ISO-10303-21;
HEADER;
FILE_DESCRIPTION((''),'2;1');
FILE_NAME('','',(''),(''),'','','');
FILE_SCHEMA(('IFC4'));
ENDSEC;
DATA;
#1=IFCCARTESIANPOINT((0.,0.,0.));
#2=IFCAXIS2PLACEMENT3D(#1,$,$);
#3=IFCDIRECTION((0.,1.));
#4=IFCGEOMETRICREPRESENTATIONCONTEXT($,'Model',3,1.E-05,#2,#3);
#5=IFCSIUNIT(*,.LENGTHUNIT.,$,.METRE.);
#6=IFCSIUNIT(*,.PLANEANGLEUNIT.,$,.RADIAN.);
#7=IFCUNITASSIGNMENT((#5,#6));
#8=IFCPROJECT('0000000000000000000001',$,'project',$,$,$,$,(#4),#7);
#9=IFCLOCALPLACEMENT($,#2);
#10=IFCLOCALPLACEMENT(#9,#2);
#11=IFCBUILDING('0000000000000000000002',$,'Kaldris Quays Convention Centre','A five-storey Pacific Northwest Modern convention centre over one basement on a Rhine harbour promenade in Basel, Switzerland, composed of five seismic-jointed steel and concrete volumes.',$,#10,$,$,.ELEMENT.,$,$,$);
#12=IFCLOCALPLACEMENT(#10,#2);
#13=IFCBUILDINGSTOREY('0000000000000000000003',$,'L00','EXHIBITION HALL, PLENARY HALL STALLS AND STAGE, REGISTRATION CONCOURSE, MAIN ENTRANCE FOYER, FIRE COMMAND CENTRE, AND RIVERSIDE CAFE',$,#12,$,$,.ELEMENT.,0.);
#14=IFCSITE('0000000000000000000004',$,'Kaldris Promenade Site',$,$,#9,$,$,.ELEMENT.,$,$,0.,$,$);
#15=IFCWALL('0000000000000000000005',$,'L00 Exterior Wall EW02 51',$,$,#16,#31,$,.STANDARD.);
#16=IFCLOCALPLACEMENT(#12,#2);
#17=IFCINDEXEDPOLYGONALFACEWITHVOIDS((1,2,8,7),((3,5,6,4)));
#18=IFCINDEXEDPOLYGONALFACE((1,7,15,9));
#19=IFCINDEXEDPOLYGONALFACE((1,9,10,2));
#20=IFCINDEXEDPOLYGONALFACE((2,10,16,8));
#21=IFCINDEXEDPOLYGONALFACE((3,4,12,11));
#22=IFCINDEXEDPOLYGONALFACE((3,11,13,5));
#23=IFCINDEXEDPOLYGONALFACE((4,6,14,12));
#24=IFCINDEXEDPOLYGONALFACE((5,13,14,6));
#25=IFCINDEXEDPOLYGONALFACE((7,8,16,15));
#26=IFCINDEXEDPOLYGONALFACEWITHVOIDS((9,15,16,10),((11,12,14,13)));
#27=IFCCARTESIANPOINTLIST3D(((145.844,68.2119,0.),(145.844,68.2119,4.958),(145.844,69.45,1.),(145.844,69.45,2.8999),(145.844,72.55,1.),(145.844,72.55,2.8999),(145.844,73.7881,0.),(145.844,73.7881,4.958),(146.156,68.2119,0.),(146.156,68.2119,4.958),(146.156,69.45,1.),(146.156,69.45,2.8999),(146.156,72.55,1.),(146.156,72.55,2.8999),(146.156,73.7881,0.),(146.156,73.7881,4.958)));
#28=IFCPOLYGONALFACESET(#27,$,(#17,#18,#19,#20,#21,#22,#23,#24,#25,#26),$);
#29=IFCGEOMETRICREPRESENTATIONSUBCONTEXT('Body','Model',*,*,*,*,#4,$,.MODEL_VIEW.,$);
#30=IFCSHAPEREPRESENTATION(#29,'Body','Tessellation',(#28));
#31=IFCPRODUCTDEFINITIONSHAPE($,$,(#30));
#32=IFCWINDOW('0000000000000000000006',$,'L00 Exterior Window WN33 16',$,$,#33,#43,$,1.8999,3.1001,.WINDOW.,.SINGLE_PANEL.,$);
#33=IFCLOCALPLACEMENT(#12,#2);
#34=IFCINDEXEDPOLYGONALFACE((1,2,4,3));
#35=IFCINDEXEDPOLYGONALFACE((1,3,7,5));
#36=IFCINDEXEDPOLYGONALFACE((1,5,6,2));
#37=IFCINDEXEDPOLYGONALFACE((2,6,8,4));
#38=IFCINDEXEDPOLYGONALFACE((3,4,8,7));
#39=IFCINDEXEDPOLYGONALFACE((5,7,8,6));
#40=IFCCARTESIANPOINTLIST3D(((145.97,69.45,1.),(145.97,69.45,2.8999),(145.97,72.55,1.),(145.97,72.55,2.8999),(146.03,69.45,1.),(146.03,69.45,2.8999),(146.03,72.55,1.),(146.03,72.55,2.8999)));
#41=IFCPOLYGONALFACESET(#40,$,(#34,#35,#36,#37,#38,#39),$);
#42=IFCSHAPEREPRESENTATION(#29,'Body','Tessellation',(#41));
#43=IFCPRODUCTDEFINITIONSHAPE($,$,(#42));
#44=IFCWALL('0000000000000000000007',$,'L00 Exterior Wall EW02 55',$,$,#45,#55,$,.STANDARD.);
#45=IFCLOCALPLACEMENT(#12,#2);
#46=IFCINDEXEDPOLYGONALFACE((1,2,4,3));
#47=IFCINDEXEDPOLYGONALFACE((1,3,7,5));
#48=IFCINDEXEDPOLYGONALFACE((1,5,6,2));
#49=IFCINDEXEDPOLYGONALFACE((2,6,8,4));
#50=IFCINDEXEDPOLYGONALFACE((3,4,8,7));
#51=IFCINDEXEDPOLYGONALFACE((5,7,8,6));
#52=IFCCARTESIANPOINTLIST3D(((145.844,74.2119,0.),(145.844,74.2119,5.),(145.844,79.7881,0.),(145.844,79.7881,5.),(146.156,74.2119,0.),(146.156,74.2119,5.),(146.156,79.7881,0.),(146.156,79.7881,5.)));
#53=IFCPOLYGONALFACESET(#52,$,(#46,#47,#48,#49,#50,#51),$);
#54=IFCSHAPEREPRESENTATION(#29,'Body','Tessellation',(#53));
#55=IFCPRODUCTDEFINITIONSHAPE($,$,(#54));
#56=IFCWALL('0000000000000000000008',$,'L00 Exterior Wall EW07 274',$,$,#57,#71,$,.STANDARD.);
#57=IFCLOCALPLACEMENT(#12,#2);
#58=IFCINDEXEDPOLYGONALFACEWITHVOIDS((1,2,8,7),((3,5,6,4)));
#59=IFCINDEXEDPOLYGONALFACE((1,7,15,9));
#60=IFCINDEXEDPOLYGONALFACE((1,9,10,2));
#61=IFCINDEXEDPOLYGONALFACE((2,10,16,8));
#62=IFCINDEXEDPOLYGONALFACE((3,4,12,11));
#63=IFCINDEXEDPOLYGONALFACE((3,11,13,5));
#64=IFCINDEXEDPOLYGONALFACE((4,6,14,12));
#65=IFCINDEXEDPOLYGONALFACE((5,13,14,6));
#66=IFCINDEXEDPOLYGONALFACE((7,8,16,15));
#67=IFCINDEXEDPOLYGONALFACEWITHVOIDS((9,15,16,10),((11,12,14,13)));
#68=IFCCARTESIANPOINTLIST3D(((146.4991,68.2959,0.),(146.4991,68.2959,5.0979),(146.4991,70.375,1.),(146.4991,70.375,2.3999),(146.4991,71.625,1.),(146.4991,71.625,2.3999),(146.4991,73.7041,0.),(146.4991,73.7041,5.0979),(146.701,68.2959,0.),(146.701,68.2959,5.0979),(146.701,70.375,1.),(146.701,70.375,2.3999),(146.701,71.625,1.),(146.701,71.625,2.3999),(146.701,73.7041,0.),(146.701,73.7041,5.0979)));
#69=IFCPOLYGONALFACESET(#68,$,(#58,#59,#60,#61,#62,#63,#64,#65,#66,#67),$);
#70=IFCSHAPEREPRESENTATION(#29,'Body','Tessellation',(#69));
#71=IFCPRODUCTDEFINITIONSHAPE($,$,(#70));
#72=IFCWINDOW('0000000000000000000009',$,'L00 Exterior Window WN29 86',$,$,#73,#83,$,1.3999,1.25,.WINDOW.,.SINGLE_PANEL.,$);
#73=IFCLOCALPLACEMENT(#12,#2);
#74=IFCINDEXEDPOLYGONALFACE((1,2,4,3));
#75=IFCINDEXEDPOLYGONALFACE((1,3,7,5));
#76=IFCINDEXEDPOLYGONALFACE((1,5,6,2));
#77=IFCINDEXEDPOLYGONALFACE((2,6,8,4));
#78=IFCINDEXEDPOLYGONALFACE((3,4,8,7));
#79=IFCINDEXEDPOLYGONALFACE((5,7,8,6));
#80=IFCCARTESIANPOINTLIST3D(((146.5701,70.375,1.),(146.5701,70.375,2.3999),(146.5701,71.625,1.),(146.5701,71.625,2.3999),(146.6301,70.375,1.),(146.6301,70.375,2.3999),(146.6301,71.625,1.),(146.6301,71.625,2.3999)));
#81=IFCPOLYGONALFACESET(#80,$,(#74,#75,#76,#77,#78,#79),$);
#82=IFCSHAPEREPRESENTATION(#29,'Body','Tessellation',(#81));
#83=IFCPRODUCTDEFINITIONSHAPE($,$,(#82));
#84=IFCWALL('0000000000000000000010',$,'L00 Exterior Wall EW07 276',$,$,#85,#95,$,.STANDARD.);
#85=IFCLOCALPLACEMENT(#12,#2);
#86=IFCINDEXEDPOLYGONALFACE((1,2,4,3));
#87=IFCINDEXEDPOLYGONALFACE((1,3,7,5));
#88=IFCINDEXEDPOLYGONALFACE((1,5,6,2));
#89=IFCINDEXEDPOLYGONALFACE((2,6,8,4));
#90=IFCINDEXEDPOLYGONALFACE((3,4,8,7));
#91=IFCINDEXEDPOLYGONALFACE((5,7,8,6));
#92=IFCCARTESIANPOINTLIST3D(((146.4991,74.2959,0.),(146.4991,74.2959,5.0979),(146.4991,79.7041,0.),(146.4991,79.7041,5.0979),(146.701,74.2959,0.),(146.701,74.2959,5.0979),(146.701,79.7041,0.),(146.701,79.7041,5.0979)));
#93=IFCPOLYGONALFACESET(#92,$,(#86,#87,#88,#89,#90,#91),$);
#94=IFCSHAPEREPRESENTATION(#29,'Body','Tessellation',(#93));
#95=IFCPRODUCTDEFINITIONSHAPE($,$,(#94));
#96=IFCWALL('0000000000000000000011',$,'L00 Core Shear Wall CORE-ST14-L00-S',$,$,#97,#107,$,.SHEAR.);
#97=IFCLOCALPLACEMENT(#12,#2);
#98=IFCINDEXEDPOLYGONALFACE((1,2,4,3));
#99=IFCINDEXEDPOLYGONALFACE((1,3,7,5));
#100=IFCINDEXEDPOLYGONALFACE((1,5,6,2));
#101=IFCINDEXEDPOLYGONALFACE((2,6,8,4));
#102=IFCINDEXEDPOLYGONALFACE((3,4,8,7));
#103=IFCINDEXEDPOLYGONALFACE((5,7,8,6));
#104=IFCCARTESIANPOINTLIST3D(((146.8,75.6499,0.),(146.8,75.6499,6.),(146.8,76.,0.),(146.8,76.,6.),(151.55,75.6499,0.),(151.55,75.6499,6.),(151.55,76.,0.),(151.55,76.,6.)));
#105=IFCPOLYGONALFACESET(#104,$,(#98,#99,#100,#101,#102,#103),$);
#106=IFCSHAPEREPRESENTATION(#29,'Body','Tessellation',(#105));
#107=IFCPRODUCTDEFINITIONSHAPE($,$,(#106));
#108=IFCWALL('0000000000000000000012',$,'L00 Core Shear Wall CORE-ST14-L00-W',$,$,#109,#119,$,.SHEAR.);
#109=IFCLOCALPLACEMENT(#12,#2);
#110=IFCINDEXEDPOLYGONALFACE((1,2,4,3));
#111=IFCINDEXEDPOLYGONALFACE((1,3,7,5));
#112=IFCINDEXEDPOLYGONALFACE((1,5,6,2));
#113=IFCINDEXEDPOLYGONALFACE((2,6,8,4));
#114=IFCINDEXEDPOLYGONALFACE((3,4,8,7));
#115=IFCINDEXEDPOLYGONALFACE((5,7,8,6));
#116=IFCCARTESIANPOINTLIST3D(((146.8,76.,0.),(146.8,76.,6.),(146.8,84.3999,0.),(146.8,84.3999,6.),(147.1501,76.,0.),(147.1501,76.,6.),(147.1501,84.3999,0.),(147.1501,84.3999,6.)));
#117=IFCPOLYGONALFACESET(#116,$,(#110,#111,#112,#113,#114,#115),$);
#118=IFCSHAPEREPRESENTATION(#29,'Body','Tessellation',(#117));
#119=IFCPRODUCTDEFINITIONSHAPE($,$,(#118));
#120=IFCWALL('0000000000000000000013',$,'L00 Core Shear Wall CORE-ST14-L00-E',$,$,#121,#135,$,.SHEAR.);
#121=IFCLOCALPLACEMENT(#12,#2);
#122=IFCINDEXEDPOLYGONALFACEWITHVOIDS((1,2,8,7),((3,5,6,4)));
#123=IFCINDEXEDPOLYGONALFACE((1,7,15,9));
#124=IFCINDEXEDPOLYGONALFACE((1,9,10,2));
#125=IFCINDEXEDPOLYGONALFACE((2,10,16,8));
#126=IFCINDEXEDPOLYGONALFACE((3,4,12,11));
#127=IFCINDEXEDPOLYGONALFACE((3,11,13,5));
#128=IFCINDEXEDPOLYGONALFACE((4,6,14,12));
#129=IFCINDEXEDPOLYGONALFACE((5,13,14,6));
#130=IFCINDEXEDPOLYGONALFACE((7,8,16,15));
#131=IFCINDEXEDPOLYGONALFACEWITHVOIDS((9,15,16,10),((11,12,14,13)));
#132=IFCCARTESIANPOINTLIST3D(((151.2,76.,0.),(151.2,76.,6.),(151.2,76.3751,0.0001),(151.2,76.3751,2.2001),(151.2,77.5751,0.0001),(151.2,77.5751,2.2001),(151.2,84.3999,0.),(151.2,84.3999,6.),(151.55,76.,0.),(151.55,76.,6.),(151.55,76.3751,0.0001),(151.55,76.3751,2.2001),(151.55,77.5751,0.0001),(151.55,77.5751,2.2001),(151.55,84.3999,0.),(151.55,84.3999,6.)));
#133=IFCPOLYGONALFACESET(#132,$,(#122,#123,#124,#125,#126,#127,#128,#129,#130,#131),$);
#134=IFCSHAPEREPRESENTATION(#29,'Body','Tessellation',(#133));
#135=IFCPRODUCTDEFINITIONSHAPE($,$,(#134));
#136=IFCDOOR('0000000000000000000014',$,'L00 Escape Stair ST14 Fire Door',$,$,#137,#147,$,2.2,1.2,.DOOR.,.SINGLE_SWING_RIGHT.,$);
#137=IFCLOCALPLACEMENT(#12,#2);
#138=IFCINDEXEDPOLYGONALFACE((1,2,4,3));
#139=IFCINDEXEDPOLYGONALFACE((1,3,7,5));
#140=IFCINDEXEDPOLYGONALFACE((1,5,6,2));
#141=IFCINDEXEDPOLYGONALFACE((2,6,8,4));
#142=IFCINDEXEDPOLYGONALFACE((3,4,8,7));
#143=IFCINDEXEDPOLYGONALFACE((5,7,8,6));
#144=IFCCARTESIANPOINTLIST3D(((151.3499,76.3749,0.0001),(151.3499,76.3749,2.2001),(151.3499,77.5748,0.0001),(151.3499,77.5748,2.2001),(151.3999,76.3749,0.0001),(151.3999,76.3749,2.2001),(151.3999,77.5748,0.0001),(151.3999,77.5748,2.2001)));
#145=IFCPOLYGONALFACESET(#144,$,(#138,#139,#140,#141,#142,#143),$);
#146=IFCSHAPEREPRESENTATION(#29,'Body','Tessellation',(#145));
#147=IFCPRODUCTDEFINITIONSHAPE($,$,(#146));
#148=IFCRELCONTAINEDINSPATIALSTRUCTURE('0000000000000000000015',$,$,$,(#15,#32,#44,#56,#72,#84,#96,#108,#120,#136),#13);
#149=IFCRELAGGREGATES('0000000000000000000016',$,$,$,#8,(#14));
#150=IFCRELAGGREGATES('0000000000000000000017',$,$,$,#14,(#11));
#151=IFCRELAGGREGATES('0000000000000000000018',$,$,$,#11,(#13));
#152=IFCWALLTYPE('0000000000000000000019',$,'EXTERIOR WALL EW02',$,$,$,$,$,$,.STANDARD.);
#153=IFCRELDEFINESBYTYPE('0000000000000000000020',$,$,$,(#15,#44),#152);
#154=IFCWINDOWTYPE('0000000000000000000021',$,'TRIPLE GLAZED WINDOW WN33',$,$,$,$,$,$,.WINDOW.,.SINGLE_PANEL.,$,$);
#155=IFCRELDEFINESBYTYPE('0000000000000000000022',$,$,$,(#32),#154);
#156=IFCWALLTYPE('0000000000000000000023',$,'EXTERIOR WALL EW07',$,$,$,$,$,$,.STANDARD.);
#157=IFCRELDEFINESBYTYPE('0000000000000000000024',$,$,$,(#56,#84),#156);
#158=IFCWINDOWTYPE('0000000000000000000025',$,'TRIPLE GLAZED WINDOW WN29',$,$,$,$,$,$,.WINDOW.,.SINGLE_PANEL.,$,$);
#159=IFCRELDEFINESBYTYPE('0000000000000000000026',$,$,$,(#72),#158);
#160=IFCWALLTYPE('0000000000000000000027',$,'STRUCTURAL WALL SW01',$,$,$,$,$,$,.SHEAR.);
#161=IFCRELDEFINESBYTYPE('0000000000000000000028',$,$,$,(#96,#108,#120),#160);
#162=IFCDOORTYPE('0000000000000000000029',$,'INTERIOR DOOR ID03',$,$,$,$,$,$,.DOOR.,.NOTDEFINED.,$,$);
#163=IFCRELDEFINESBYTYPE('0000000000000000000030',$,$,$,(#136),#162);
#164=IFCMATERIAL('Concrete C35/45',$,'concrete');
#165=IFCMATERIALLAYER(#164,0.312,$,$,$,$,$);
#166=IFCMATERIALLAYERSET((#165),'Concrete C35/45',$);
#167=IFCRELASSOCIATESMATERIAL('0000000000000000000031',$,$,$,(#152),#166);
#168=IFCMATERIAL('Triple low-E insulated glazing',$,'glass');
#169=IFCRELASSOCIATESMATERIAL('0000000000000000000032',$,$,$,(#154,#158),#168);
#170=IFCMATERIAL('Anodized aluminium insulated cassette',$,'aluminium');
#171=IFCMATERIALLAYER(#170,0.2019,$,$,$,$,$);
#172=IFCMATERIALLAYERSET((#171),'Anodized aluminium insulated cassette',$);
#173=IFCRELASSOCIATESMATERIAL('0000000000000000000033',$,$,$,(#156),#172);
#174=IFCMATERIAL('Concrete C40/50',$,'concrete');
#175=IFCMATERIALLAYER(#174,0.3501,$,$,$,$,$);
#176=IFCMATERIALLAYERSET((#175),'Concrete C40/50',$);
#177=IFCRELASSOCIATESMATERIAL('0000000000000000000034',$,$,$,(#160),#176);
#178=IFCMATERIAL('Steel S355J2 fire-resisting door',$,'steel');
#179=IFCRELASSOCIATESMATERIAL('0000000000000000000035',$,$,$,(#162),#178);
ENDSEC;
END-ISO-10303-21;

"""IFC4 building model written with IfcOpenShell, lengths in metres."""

from ifc_helpers import new_model, si_unit, direction, frame, frame_2d, origin, place, context, subcontext, project, spatial, rectangle, extrude, material, layer, layer_set, type_object, element, fill, save


model = new_model("IFC4")

# Units and contexts
model_context = context("Model", 3, precision=1e-05, world=origin(), true_north=direction((0.0, 1.0)))
body_context = subcontext(model_context, "Body", "Model", "MODEL_VIEW")
ifc_project = project(units=[si_unit("LENGTHUNIT", "METRE"), si_unit("PLANEANGLEUNIT", "RADIAN")], contexts=[model_context])

# Site, building, storey
site_placement = place(None, origin())
site = spatial("IfcSite", under=ifc_project, at=site_placement, Name="Kaldris Promenade Site", CompositionType="ELEMENT", RefElevation=0.0)
building_placement = place(site_placement, origin())
building = spatial("IfcBuilding", under=site, at=building_placement, Name="Kaldris Quays Convention Centre", Description="A five-storey Pacific Northwest Modern convention centre over one basement on a Rhine harbour promenade in Basel, Switzerland, composed of five seismic-jointed steel and concrete volumes.", CompositionType="ELEMENT")
storey_placement = place(building_placement, origin())
storey = spatial("IfcBuildingStorey", under=building, at=storey_placement, Name="L00", Description="EXHIBITION HALL, PLENARY HALL STALLS AND STAGE, REGISTRATION CONCOURSE, MAIN ENTRANCE FOYER, FIRE COMMAND CENTRE, AND RIVERSIDE CAFE", CompositionType="ELEMENT", Elevation=0.0)

# Wall, opening, window
ifc_material_1 = material(Name="Concrete C35/45", Category="concrete")
ifc_layer_1 = layer(ifc_material_1, 0.312)
ifc_layer_set_1 = layer_set([ifc_layer_1], Name="Concrete C35/45")
wall_type_1 = type_object("IfcWallType", Name="EXTERIOR WALL EW02", PredefinedType="STANDARD", material=ifc_layer_set_1)
wall_1_placement = place(storey_placement, frame((146.0, 68.2119, 0.0), z_axis=(0.0, 0.0, 1.0), x_axis=(0.0, 1.0, 0.0)))
wall_1 = element("IfcWall", 1, at=wall_1_placement, inside=storey, type_object=wall_type_1, Name="L00 Exterior Wall EW02 51", PredefinedType="STANDARD", context=body_context, shape_type="SweptSolid", body=[
    extrude(rectangle(XDim=5.5762, YDim=0.312, at=frame_2d((2.7881, 0.0))), origin(), (0.0, 0.0, 1.0), 4.958),
])
opening_1_placement = place(wall_1_placement, frame((1.238, 0.0, 1.0)))
opening_1 = element("IfcOpeningElement", 2, at=opening_1_placement, cuts=wall_1, PredefinedType="OPENING", context=body_context, shape_type="SweptSolid", body=[
    extrude(rectangle(XDim=3.1001, YDim=1.8999, at=frame_2d((1.55, 0.95))), frame((0.0, 0.166, 0.0), z_axis=(0.0, -1.0, 0.0), x_axis=(1.0, 0.0, 0.0)), (0.0, 0.0, 1.0), 0.332),
])
ifc_material_2 = material(Name="Triple low-E insulated glazing", Category="glass")
window_type_1 = type_object("IfcWindowType", Name="TRIPLE GLAZED WINDOW WN33", PartitioningType="SINGLE_PANEL", PredefinedType="WINDOW", material=ifc_material_2)
window_1_placement = place(opening_1_placement, origin())
window_1 = element("IfcWindow", 3, at=window_1_placement, inside=storey, type_object=window_type_1, Name="L00 Exterior Window WN33 16", OverallHeight=1.8999, OverallWidth=3.1001, PartitioningType="SINGLE_PANEL", PredefinedType="WINDOW", context=body_context, shape_type="SweptSolid", body=[
    extrude(rectangle(XDim=3.1001, YDim=1.8999, at=frame_2d((1.55, 0.95))), frame((0.0, 0.03, 0.0), z_axis=(0.0, -1.0, 0.0), x_axis=(1.0, 0.0, 0.0)), (0.0, 0.0, 1.0), 0.0601),
])
fill(opening_1, window_1)

# Wall
wall_2_placement = place(storey_placement, frame((146.0, 74.2119, 0.0), z_axis=(0.0, 0.0, 1.0), x_axis=(0.0, 1.0, 0.0)))
element("IfcWall", 4, at=wall_2_placement, inside=storey, type_object=wall_type_1, Name="L00 Exterior Wall EW02 55", PredefinedType="STANDARD", context=body_context, shape_type="SweptSolid", body=[
    extrude(rectangle(XDim=5.5762, YDim=0.312, at=frame_2d((2.7881, 0.0))), origin(), (0.0, 0.0, 1.0), 5.0),
])

# Wall, opening, window
ifc_material_3 = material(Name="Anodized aluminium insulated cassette", Category="aluminium")
ifc_layer_2 = layer(ifc_material_3, 0.2019)
ifc_layer_set_2 = layer_set([ifc_layer_2], Name="Anodized aluminium insulated cassette")
wall_type_2 = type_object("IfcWallType", Name="EXTERIOR WALL EW07", PredefinedType="STANDARD", material=ifc_layer_set_2)
wall_3_placement = place(storey_placement, frame((146.6001, 68.2959, 0.0), z_axis=(0.0, 0.0, 1.0), x_axis=(0.0, 1.0, 0.0)))
wall_3 = element("IfcWall", 5, at=wall_3_placement, inside=storey, type_object=wall_type_2, Name="L00 Exterior Wall EW07 274", PredefinedType="STANDARD", context=body_context, shape_type="SweptSolid", body=[
    extrude(rectangle(XDim=5.4082, YDim=0.2019, at=frame_2d((2.7041, 0.0))), origin(), (0.0, 0.0, 1.0), 5.0979),
])
opening_2_placement = place(wall_3_placement, frame((2.0791, 0.0, 1.0)))
opening_2 = element("IfcOpeningElement", 6, at=opening_2_placement, cuts=wall_3, PredefinedType="OPENING", context=body_context, shape_type="SweptSolid", body=[
    extrude(rectangle(XDim=1.25, YDim=1.3999, at=frame_2d((0.625, 0.7))), frame((0.0, 0.1108, 0.0), z_axis=(0.0, -1.0, 0.0), x_axis=(1.0, 0.0, 0.0)), (0.0, 0.0, 1.0), 0.2219),
])
window_type_2 = type_object("IfcWindowType", Name="TRIPLE GLAZED WINDOW WN29", PartitioningType="SINGLE_PANEL", PredefinedType="WINDOW", material=ifc_material_2)
window_2_placement = place(opening_2_placement, origin())
window_2 = element("IfcWindow", 7, at=window_2_placement, inside=storey, type_object=window_type_2, Name="L00 Exterior Window WN29 86", OverallHeight=1.3999, OverallWidth=1.25, PartitioningType="SINGLE_PANEL", PredefinedType="WINDOW", context=body_context, shape_type="SweptSolid", body=[
    extrude(rectangle(XDim=1.25, YDim=1.3999, at=frame_2d((0.625, 0.7))), frame((0.0, 0.03, 0.0), z_axis=(0.0, -1.0, 0.0), x_axis=(1.0, 0.0, 0.0)), (0.0, 0.0, 1.0), 0.0601),
])
fill(opening_2, window_2)

# Walls
wall_4_placement = place(storey_placement, frame((146.6001, 74.2959, 0.0), z_axis=(0.0, 0.0, 1.0), x_axis=(0.0, 1.0, 0.0)))
element("IfcWall", 8, at=wall_4_placement, inside=storey, type_object=wall_type_2, Name="L00 Exterior Wall EW07 276", PredefinedType="STANDARD", context=body_context, shape_type="SweptSolid", body=[
    extrude(rectangle(XDim=5.4082, YDim=0.2019, at=frame_2d((2.7041, 0.0))), origin(), (0.0, 0.0, 1.0), 5.0979),
])
ifc_material_4 = material(Name="Concrete C40/50", Category="concrete")
ifc_layer_3 = layer(ifc_material_4, 0.3501)
ifc_layer_set_3 = layer_set([ifc_layer_3], Name="Concrete C40/50")
wall_type_3 = type_object("IfcWallType", Name="STRUCTURAL WALL SW01", PredefinedType="SHEAR", material=ifc_layer_set_3)
wall_5_placement = place(storey_placement, frame((146.8, 75.825, 0.0), z_axis=(0.0, 0.0, 1.0), x_axis=(1.0, 0.0, 0.0)))
element("IfcWall", 9, at=wall_5_placement, inside=storey, type_object=wall_type_3, Name="L00 Core Shear Wall CORE-ST14-L00-S", PredefinedType="SHEAR", context=body_context, shape_type="SweptSolid", body=[
    extrude(rectangle(XDim=4.75, YDim=0.3501, at=frame_2d((2.375, 0.0))), origin(), (0.0, 0.0, 1.0), 6.0),
])
wall_6_placement = place(storey_placement, frame((146.9751, 76.0, 0.0), z_axis=(0.0, 0.0, 1.0), x_axis=(0.0, 1.0, 0.0)))
element("IfcWall", 10, at=wall_6_placement, inside=storey, type_object=wall_type_3, Name="L00 Core Shear Wall CORE-ST14-L00-W", PredefinedType="SHEAR", context=body_context, shape_type="SweptSolid", body=[
    extrude(rectangle(XDim=8.3999, YDim=0.3501, at=frame_2d((4.2, 0.0))), origin(), (0.0, 0.0, 1.0), 6.0),
])

# Wall, opening, door
wall_7_placement = place(storey_placement, frame((151.375, 76.0, 0.0), z_axis=(0.0, 0.0, 1.0), x_axis=(0.0, 1.0, 0.0)))
wall_7 = element("IfcWall", 11, at=wall_7_placement, inside=storey, type_object=wall_type_3, Name="L00 Core Shear Wall CORE-ST14-L00-E", PredefinedType="SHEAR", context=body_context, shape_type="SweptSolid", body=[
    extrude(rectangle(XDim=8.3999, YDim=0.3501, at=frame_2d((4.2, 0.0))), origin(), (0.0, 0.0, 1.0), 6.0),
])
opening_3_placement = place(wall_7_placement, frame((0.375, 0.0, 0.0)))
opening_3 = element("IfcOpeningElement", 12, at=opening_3_placement, cuts=wall_7, PredefinedType="OPENING", context=body_context, shape_type="SweptSolid", body=[
    extrude(rectangle(XDim=1.2, YDim=2.2, at=frame_2d((0.6001, 1.1001))), frame((0.0, 0.1851, 0.0), z_axis=(0.0, -1.0, 0.0), x_axis=(1.0, 0.0, 0.0)), (0.0, 0.0, 1.0), 0.3701),
])
ifc_material_5 = material(Name="Steel S355J2 fire-resisting door", Category="steel")
door_type = type_object("IfcDoorType", Name="INTERIOR DOOR ID03", OperationType="NOTDEFINED", PredefinedType="DOOR", material=ifc_material_5)
door_placement = place(opening_3_placement, frame((1.2, 0.0, 0.0), z_axis=(0.0, 0.0, 1.0), x_axis=(-1.0, 0.0, 0.0)))
door = element("IfcDoor", 13, at=door_placement, inside=storey, type_object=door_type, Name="L00 Escape Stair ST14 Fire Door", OperationType="SINGLE_SWING_RIGHT", OverallHeight=2.2, OverallWidth=1.2, PredefinedType="DOOR", context=body_context, shape_type="SweptSolid", body=[
    extrude(rectangle(XDim=1.2, YDim=2.2, at=frame_2d((0.6001, 1.1001))), frame((0.0, 0.0249, 0.0), z_axis=(0.0, -1.0, 0.0), x_axis=(1.0, 0.0, 0.0)), (0.0, 0.0, 1.0), 0.05),
])
fill(opening_3, door)

save(model, "model.ifc")
